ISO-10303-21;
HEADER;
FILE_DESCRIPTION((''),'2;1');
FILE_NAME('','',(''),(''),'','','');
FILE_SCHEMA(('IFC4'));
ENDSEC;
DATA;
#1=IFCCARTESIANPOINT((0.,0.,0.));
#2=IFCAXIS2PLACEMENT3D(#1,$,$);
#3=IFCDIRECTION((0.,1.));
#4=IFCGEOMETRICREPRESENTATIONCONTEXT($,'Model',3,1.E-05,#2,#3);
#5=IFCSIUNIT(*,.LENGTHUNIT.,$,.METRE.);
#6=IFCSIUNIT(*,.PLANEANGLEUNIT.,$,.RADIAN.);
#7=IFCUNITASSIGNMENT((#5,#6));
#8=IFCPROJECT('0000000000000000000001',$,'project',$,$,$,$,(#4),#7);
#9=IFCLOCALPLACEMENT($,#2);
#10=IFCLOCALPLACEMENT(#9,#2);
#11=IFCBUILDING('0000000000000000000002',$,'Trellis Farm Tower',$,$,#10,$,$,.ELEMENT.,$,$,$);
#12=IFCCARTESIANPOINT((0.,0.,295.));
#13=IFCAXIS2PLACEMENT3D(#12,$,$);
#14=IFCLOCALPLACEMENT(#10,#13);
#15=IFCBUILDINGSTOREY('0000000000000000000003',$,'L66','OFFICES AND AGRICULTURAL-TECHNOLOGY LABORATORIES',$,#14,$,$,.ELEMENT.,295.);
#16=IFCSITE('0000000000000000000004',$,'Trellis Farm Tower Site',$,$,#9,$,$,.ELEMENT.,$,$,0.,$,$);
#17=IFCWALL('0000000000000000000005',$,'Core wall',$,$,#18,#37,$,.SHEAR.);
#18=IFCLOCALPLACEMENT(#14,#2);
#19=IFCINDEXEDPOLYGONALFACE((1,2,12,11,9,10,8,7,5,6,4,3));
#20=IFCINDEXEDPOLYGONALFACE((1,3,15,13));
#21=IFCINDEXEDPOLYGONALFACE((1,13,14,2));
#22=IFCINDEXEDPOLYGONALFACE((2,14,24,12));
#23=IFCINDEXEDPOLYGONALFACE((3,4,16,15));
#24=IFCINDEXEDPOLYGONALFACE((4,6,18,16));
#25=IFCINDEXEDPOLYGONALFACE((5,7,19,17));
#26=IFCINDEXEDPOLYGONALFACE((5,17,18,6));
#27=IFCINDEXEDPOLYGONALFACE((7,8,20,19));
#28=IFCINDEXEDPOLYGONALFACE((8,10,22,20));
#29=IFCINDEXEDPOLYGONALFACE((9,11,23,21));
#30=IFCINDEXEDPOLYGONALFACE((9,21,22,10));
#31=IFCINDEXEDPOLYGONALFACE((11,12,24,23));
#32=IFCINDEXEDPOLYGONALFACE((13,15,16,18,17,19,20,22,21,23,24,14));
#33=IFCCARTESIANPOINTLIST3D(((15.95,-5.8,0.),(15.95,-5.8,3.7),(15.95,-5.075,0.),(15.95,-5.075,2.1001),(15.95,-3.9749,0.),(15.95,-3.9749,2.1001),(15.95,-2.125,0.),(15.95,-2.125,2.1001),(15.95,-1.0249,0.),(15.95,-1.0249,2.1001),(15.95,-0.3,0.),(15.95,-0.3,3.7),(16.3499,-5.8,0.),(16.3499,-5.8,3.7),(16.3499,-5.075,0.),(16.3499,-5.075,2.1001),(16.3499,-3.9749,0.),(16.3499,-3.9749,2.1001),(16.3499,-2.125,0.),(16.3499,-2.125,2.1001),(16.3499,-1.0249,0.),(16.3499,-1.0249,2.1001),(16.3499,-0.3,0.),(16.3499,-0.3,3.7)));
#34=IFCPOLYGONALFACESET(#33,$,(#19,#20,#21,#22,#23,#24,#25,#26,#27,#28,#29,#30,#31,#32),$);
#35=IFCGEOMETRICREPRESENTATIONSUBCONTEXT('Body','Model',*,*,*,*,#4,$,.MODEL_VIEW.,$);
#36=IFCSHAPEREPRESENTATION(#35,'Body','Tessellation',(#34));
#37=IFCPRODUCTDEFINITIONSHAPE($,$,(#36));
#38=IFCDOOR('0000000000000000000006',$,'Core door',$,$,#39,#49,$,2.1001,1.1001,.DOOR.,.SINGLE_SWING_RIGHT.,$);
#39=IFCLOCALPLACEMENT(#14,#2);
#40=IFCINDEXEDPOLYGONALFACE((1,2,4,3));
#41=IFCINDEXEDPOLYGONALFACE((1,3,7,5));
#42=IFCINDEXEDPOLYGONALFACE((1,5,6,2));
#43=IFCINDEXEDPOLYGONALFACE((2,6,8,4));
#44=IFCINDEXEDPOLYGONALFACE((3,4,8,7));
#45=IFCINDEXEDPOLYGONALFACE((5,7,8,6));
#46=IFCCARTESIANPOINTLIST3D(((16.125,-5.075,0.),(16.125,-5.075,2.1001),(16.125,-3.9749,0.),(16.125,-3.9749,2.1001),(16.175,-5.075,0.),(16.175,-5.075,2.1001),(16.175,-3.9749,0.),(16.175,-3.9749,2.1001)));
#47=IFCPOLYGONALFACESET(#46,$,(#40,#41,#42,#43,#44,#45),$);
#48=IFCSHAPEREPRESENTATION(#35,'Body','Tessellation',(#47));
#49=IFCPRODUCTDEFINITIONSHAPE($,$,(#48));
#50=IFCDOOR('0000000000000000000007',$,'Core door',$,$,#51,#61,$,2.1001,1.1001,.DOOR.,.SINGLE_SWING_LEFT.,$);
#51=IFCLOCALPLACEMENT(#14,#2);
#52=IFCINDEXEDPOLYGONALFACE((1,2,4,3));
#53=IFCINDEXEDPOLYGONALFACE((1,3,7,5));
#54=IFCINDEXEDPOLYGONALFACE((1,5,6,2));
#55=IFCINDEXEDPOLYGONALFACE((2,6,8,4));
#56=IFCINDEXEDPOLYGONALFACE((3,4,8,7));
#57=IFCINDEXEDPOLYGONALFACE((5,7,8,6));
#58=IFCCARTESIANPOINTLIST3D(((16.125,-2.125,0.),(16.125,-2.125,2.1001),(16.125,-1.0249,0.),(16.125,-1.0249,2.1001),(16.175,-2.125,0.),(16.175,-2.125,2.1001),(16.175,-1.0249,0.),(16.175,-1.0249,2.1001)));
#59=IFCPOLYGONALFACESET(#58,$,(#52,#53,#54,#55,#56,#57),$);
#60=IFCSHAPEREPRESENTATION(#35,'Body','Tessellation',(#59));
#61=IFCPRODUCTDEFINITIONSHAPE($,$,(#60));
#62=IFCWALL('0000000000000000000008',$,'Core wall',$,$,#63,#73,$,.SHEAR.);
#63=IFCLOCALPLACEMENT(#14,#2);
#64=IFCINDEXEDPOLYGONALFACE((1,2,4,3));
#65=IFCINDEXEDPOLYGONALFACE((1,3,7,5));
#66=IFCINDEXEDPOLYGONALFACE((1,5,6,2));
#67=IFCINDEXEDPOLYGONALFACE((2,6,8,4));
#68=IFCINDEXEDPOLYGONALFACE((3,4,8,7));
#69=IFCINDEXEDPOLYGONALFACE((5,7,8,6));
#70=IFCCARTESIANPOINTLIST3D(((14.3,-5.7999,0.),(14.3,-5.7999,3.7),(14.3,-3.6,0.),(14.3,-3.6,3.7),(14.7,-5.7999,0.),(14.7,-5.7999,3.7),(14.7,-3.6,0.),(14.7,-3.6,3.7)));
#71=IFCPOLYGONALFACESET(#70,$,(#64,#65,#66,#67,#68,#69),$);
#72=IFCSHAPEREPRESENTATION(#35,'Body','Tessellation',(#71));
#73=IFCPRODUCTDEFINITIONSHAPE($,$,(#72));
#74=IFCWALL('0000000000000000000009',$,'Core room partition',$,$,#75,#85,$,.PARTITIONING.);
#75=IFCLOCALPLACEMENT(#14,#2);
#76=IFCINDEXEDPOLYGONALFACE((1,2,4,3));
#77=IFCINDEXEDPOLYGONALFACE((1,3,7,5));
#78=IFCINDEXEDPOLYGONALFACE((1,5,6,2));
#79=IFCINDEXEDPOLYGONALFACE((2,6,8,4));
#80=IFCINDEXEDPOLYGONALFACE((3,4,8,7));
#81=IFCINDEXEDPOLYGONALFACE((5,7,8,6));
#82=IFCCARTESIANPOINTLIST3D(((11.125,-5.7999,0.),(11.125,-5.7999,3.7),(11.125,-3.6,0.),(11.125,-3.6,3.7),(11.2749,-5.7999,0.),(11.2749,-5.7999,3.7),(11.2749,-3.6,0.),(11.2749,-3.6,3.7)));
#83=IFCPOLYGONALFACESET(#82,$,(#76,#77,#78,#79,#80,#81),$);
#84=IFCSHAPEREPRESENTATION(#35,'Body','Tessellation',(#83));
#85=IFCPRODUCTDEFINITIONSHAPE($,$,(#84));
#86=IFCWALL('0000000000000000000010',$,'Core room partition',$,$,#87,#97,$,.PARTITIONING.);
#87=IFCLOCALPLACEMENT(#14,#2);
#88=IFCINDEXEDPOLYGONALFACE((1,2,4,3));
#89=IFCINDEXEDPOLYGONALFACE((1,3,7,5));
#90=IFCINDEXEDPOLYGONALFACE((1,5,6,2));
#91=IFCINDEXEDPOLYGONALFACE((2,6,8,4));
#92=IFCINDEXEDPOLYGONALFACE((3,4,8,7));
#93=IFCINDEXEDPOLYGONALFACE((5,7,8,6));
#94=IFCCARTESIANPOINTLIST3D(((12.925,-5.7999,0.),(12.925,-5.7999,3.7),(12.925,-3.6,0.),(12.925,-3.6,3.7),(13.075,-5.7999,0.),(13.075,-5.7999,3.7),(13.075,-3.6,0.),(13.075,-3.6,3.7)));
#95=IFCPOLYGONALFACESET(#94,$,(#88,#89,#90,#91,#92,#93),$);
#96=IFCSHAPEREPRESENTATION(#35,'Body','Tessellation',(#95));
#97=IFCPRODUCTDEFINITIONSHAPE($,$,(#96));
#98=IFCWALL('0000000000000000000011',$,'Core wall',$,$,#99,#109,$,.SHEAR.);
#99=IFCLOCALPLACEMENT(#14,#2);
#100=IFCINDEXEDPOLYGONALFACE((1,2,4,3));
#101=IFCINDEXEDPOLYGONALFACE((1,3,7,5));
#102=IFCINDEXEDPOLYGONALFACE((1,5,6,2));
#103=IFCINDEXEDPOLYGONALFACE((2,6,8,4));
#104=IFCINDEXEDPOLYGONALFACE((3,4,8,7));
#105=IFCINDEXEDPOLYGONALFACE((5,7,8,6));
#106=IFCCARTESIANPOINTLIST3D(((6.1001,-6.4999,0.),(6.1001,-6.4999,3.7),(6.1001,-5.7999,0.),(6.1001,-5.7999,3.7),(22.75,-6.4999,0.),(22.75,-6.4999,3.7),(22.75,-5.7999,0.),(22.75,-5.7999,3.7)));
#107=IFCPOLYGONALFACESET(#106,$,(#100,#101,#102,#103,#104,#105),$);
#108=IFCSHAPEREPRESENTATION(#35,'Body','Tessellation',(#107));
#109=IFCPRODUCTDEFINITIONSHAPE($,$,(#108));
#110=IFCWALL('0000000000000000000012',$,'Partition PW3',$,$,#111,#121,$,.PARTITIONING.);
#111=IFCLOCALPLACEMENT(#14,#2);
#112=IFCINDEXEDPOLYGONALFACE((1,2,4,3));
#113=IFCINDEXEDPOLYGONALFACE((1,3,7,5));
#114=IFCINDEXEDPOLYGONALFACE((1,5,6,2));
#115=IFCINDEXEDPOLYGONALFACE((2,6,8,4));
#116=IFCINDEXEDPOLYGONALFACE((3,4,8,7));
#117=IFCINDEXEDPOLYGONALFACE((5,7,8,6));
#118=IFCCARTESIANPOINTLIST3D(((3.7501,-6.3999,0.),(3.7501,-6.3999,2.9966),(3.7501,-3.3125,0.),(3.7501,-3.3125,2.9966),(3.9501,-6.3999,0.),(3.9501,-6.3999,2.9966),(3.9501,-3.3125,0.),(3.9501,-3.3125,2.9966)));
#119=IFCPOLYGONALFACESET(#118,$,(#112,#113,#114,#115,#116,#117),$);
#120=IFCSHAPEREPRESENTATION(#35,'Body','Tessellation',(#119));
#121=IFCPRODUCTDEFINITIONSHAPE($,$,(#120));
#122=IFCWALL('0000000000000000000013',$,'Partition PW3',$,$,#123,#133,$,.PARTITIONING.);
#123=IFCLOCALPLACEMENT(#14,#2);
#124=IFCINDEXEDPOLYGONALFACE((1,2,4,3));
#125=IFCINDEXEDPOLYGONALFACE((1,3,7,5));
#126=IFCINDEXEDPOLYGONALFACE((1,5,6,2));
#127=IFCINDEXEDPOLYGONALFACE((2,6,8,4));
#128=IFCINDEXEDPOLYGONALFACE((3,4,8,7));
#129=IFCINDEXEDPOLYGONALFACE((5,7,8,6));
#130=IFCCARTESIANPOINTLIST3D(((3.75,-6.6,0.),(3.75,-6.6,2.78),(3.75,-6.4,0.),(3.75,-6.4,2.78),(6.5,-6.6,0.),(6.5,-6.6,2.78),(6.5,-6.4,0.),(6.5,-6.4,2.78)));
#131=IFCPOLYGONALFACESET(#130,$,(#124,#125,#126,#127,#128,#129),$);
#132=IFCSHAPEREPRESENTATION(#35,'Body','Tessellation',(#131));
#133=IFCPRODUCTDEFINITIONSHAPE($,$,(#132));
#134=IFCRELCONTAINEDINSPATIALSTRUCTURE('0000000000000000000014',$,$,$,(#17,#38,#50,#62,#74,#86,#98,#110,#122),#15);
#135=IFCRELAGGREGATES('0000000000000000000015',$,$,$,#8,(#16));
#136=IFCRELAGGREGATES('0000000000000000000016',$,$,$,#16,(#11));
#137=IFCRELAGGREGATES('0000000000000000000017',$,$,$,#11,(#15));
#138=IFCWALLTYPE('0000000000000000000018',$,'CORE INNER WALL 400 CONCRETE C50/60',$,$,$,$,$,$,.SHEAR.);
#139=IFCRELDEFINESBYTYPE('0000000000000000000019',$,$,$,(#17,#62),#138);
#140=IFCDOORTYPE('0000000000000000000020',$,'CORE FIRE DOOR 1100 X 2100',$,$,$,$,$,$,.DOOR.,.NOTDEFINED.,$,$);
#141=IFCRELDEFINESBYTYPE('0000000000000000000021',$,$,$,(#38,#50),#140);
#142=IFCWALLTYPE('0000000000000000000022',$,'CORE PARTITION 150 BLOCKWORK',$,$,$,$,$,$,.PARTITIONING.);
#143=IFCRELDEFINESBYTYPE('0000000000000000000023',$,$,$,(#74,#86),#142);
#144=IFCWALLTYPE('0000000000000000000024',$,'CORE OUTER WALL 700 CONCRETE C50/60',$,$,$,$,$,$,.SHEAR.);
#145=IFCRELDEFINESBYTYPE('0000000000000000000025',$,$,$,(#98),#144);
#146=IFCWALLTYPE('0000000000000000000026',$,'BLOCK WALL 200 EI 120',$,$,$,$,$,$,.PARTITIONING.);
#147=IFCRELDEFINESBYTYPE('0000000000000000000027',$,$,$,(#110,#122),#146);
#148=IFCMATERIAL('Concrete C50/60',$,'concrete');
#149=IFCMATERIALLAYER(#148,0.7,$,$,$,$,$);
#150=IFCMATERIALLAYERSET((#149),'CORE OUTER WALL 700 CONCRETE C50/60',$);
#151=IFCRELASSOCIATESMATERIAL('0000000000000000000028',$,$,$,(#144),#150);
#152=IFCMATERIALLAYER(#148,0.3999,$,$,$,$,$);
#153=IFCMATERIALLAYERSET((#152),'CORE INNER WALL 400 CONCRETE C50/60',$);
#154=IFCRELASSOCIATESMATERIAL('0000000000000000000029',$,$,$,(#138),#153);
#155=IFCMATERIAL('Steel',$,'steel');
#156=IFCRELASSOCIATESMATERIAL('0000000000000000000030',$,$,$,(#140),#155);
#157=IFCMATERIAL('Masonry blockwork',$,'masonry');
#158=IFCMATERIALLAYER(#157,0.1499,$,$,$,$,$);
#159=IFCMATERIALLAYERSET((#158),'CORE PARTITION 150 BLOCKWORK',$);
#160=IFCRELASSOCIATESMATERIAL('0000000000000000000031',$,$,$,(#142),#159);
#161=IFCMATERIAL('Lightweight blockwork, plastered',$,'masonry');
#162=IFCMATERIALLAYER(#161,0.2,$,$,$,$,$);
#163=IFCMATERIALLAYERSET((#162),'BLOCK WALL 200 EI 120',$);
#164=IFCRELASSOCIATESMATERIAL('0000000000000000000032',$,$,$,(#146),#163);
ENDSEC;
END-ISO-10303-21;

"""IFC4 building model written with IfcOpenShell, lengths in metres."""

from ifc_helpers import new_model, si_unit, direction, frame, frame_2d, origin, place, context, subcontext, project, spatial, rectangle, extrude, source, transform, mapped, material, layer, layer_set, type_object, element, fill, save


model = new_model("IFC4")

# Units and contexts
model_context = context("Model", 3, precision=1e-05, world=origin(), true_north=direction((0.0, 1.0)))
body_context = subcontext(model_context, "Body", "Model", "MODEL_VIEW")
ifc_project = project(units=[si_unit("LENGTHUNIT", "METRE"), si_unit("PLANEANGLEUNIT", "RADIAN")], contexts=[model_context])

# Site, building, storey
site_placement = place(None, origin())
site = spatial("IfcSite", under=ifc_project, at=site_placement, Name="Trellis Farm Tower Site", CompositionType="ELEMENT", RefElevation=0.0)
building_placement = place(site_placement, origin())
building = spatial("IfcBuilding", under=site, at=building_placement, Name="Trellis Farm Tower", CompositionType="ELEMENT")
storey_placement = place(building_placement, frame((0.0, 0.0, 295.0)))
storey = spatial("IfcBuildingStorey", under=building, at=storey_placement, Name="L66", Description="OFFICES AND AGRICULTURAL-TECHNOLOGY LABORATORIES", CompositionType="ELEMENT", Elevation=295.0)

# Shared definitions
ifc_material_1 = material(Name="Concrete C50/60", Category="concrete")
ifc_layer_1 = layer(ifc_material_1, 0.7)
ifc_layer_set_1 = layer_set([ifc_layer_1], Name="CORE OUTER WALL 700 CONCRETE C50/60")
wall_type_1 = type_object("IfcWallType", Name="CORE OUTER WALL 700 CONCRETE C50/60", PredefinedType="SHEAR", material=ifc_layer_set_1)
ifc_material_2 = material(Name="Steel", Category="steel")

# Wall, openings, doors
ifc_layer_2 = layer(ifc_material_1, 0.3999)
ifc_layer_set_2 = layer_set([ifc_layer_2], Name="CORE INNER WALL 400 CONCRETE C50/60")
wall_type_2 = type_object("IfcWallType", Name="CORE INNER WALL 400 CONCRETE C50/60", PredefinedType="SHEAR", material=ifc_layer_set_2)
shared_shape_1 = source(origin(), body_context, "Body", "SweptSolid", [
    extrude(rectangle(XDim=5.5, YDim=0.3999, at=frame_2d((2.75, 0.0))), origin(), (0.0, 0.0, 1.0), 3.7),
])
wall_1_placement = place(storey_placement, frame((16.1499, -5.8, 0.0), z_axis=(0.0, 0.0, 1.0), x_axis=(0.0, 1.0, 0.0)))
wall_1 = element("IfcWall", 1, at=wall_1_placement, inside=storey, type_object=wall_type_2, Name="Core wall", PredefinedType="SHEAR", context=body_context, shape_type="MappedRepresentation", body=[
    mapped(shared_shape_1, transform((0.0, 0.0, 0.0))),
])
shared_shape_2 = source(origin(), body_context, "Body", "SweptSolid", [
    extrude(rectangle(XDim=1.1001, YDim=2.1001, at=frame_2d((0.55, 1.05))), frame((0.0, 0.21, 0.0), z_axis=(0.0, -1.0, 0.0), x_axis=(1.0, 0.0, 0.0)), (0.0, 0.0, 1.0), 0.4199),
])
opening_1_placement = place(wall_1_placement, frame((0.7251, 0.0, 0.0)))
opening_1 = element("IfcOpeningElement", 2, at=opening_1_placement, cuts=wall_1, PredefinedType="OPENING", context=body_context, shape_type="MappedRepresentation", body=[
    mapped(shared_shape_2, transform((0.0, 0.0, 0.0))),
])
opening_2_placement = place(wall_1_placement, frame((3.675, 0.0, 0.0)))
opening_2 = element("IfcOpeningElement", 3, at=opening_2_placement, cuts=wall_1, PredefinedType="OPENING", context=body_context, shape_type="MappedRepresentation", body=[
    mapped(shared_shape_2, transform((0.0, 0.0, 0.0))),
])
door_type_1 = type_object("IfcDoorType", Name="CORE FIRE DOOR 1100 X 2100", OperationType="NOTDEFINED", PredefinedType="DOOR", material=ifc_material_2)
shared_shape_3 = source(origin(), body_context, "Body", "SweptSolid", [
    extrude(rectangle(XDim=1.1001, YDim=2.1001, at=frame_2d((0.55, 1.05))), frame((0.0, 0.0249, 0.0), z_axis=(0.0, -1.0, 0.0), x_axis=(1.0, 0.0, 0.0)), (0.0, 0.0, 1.0), 0.05),
])
door_1_placement = place(opening_1_placement, origin())
door_1 = element("IfcDoor", 4, at=door_1_placement, inside=storey, type_object=door_type_1, Name="Core door", OperationType="SINGLE_SWING_RIGHT", OverallHeight=2.1001, OverallWidth=1.1001, PredefinedType="DOOR", context=body_context, shape_type="MappedRepresentation", body=[
    mapped(shared_shape_3, transform((0.0, 0.0, 0.0))),
])
fill(opening_1, door_1)
door_2_placement = place(opening_2_placement, origin())
door_2 = element("IfcDoor", 5, at=door_2_placement, inside=storey, type_object=door_type_1, Name="Core door", OperationType="SINGLE_SWING_LEFT", OverallHeight=2.1001, OverallWidth=1.1001, PredefinedType="DOOR", context=body_context, shape_type="MappedRepresentation", body=[
    mapped(shared_shape_3, transform((0.0, 0.0, 0.0))),
])
fill(opening_2, door_2)

# Walls
shared_shape_4 = source(origin(), body_context, "Body", "SweptSolid", [
    extrude(rectangle(XDim=2.2, YDim=0.3999, at=frame_2d((1.1001, 0.0))), origin(), (0.0, 0.0, 1.0), 3.7),
])
wall_2_placement = place(storey_placement, frame((14.5, -5.8, 0.0), z_axis=(0.0, 0.0, 1.0), x_axis=(0.0, 1.0, 0.0)))
element("IfcWall", 6, at=wall_2_placement, inside=storey, type_object=wall_type_2, Name="Core wall", PredefinedType="SHEAR", context=body_context, shape_type="MappedRepresentation", body=[
    mapped(shared_shape_4, transform((0.0, 0.0, 0.0))),
])
ifc_material_3 = material(Name="Masonry blockwork", Category="masonry")
ifc_layer_3 = layer(ifc_material_3, 0.1499)
ifc_layer_set_3 = layer_set([ifc_layer_3], Name="CORE PARTITION 150 BLOCKWORK")
wall_type_3 = type_object("IfcWallType", Name="CORE PARTITION 150 BLOCKWORK", PredefinedType="PARTITIONING", material=ifc_layer_set_3)
shared_shape_5 = source(origin(), body_context, "Body", "SweptSolid", [
    extrude(rectangle(XDim=2.2, YDim=0.1499, at=frame_2d((1.1001, 0.0))), origin(), (0.0, 0.0, 1.0), 3.7),
])
for number, where, z_axis, x_axis, name in (
    (7, (11.2, -5.8, 0.0), (0.0, 0.0, 1.0), (0.0, 1.0, 0.0), "Core room partition"),
    (8, (13.0, -5.8, 0.0), (0.0, 0.0, 1.0), (0.0, 1.0, 0.0), "Core room partition"),
):
    element("IfcWall", number, at=place(storey_placement, frame(where, z_axis=z_axis, x_axis=x_axis)), inside=storey, type_object=wall_type_3, Name=name, PredefinedType="PARTITIONING", context=body_context, shape_type="MappedRepresentation", body=[
        mapped(shared_shape_5, transform((0.0, 0.0, 0.0))),
    ])
shared_shape_6 = source(origin(), body_context, "Body", "SweptSolid", [
    extrude(rectangle(XDim=16.6499, YDim=0.7, at=frame_2d((8.325, 0.0))), origin(), (0.0, 0.0, 1.0), 3.7),
])
wall_3_placement = place(storey_placement, frame((6.1001, -6.1499, 0.0), z_axis=(0.0, 0.0, 1.0), x_axis=(1.0, 0.0, 0.0)))
element("IfcWall", 9, at=wall_3_placement, inside=storey, type_object=wall_type_1, Name="Core wall", PredefinedType="SHEAR", context=body_context, shape_type="MappedRepresentation", body=[
    mapped(shared_shape_6, transform((0.0, 0.0, 0.0))),
])
ifc_material_4 = material(Name="Lightweight blockwork, plastered", Category="masonry")
ifc_layer_4 = layer(ifc_material_4, 0.2)
ifc_layer_set_4 = layer_set([ifc_layer_4], Name="BLOCK WALL 200 EI 120")
wall_type_4 = type_object("IfcWallType", Name="BLOCK WALL 200 EI 120", PredefinedType="PARTITIONING", material=ifc_layer_set_4)
shared_shape_7 = source(origin(), body_context, "Body", "SweptSolid", [
    extrude(rectangle(XDim=3.0874, YDim=0.2, at=frame_2d((1.5437, 0.0))), origin(), (0.0, 0.0, 1.0), 2.9966),
])
wall_4_placement = place(storey_placement, frame((3.8501, -6.3999, 0.0), z_axis=(0.0, 0.0, 1.0), x_axis=(0.0, 1.0, 0.0)))
element("IfcWall", 10, at=wall_4_placement, inside=storey, type_object=wall_type_4, Name="Partition PW3", PredefinedType="PARTITIONING", context=body_context, shape_type="MappedRepresentation", body=[
    mapped(shared_shape_7, transform((0.0, 0.0, 0.0))),
])
shared_shape_8 = source(origin(), body_context, "Body", "SweptSolid", [
    extrude(rectangle(XDim=2.75, YDim=0.2, at=frame_2d((1.375, 0.0))), origin(), (0.0, 0.0, 1.0), 2.78),
])
wall_5_placement = place(storey_placement, frame((3.75, -6.5, 0.0), z_axis=(0.0, 0.0, 1.0), x_axis=(1.0, 0.0, 0.0)))
element("IfcWall", 11, at=wall_5_placement, inside=storey, type_object=wall_type_4, Name="Partition PW3", PredefinedType="PARTITIONING", context=body_context, shape_type="MappedRepresentation", body=[
    mapped(shared_shape_8, transform((0.0, 0.0, 0.0))),
])

save(model, "model.ifc")
